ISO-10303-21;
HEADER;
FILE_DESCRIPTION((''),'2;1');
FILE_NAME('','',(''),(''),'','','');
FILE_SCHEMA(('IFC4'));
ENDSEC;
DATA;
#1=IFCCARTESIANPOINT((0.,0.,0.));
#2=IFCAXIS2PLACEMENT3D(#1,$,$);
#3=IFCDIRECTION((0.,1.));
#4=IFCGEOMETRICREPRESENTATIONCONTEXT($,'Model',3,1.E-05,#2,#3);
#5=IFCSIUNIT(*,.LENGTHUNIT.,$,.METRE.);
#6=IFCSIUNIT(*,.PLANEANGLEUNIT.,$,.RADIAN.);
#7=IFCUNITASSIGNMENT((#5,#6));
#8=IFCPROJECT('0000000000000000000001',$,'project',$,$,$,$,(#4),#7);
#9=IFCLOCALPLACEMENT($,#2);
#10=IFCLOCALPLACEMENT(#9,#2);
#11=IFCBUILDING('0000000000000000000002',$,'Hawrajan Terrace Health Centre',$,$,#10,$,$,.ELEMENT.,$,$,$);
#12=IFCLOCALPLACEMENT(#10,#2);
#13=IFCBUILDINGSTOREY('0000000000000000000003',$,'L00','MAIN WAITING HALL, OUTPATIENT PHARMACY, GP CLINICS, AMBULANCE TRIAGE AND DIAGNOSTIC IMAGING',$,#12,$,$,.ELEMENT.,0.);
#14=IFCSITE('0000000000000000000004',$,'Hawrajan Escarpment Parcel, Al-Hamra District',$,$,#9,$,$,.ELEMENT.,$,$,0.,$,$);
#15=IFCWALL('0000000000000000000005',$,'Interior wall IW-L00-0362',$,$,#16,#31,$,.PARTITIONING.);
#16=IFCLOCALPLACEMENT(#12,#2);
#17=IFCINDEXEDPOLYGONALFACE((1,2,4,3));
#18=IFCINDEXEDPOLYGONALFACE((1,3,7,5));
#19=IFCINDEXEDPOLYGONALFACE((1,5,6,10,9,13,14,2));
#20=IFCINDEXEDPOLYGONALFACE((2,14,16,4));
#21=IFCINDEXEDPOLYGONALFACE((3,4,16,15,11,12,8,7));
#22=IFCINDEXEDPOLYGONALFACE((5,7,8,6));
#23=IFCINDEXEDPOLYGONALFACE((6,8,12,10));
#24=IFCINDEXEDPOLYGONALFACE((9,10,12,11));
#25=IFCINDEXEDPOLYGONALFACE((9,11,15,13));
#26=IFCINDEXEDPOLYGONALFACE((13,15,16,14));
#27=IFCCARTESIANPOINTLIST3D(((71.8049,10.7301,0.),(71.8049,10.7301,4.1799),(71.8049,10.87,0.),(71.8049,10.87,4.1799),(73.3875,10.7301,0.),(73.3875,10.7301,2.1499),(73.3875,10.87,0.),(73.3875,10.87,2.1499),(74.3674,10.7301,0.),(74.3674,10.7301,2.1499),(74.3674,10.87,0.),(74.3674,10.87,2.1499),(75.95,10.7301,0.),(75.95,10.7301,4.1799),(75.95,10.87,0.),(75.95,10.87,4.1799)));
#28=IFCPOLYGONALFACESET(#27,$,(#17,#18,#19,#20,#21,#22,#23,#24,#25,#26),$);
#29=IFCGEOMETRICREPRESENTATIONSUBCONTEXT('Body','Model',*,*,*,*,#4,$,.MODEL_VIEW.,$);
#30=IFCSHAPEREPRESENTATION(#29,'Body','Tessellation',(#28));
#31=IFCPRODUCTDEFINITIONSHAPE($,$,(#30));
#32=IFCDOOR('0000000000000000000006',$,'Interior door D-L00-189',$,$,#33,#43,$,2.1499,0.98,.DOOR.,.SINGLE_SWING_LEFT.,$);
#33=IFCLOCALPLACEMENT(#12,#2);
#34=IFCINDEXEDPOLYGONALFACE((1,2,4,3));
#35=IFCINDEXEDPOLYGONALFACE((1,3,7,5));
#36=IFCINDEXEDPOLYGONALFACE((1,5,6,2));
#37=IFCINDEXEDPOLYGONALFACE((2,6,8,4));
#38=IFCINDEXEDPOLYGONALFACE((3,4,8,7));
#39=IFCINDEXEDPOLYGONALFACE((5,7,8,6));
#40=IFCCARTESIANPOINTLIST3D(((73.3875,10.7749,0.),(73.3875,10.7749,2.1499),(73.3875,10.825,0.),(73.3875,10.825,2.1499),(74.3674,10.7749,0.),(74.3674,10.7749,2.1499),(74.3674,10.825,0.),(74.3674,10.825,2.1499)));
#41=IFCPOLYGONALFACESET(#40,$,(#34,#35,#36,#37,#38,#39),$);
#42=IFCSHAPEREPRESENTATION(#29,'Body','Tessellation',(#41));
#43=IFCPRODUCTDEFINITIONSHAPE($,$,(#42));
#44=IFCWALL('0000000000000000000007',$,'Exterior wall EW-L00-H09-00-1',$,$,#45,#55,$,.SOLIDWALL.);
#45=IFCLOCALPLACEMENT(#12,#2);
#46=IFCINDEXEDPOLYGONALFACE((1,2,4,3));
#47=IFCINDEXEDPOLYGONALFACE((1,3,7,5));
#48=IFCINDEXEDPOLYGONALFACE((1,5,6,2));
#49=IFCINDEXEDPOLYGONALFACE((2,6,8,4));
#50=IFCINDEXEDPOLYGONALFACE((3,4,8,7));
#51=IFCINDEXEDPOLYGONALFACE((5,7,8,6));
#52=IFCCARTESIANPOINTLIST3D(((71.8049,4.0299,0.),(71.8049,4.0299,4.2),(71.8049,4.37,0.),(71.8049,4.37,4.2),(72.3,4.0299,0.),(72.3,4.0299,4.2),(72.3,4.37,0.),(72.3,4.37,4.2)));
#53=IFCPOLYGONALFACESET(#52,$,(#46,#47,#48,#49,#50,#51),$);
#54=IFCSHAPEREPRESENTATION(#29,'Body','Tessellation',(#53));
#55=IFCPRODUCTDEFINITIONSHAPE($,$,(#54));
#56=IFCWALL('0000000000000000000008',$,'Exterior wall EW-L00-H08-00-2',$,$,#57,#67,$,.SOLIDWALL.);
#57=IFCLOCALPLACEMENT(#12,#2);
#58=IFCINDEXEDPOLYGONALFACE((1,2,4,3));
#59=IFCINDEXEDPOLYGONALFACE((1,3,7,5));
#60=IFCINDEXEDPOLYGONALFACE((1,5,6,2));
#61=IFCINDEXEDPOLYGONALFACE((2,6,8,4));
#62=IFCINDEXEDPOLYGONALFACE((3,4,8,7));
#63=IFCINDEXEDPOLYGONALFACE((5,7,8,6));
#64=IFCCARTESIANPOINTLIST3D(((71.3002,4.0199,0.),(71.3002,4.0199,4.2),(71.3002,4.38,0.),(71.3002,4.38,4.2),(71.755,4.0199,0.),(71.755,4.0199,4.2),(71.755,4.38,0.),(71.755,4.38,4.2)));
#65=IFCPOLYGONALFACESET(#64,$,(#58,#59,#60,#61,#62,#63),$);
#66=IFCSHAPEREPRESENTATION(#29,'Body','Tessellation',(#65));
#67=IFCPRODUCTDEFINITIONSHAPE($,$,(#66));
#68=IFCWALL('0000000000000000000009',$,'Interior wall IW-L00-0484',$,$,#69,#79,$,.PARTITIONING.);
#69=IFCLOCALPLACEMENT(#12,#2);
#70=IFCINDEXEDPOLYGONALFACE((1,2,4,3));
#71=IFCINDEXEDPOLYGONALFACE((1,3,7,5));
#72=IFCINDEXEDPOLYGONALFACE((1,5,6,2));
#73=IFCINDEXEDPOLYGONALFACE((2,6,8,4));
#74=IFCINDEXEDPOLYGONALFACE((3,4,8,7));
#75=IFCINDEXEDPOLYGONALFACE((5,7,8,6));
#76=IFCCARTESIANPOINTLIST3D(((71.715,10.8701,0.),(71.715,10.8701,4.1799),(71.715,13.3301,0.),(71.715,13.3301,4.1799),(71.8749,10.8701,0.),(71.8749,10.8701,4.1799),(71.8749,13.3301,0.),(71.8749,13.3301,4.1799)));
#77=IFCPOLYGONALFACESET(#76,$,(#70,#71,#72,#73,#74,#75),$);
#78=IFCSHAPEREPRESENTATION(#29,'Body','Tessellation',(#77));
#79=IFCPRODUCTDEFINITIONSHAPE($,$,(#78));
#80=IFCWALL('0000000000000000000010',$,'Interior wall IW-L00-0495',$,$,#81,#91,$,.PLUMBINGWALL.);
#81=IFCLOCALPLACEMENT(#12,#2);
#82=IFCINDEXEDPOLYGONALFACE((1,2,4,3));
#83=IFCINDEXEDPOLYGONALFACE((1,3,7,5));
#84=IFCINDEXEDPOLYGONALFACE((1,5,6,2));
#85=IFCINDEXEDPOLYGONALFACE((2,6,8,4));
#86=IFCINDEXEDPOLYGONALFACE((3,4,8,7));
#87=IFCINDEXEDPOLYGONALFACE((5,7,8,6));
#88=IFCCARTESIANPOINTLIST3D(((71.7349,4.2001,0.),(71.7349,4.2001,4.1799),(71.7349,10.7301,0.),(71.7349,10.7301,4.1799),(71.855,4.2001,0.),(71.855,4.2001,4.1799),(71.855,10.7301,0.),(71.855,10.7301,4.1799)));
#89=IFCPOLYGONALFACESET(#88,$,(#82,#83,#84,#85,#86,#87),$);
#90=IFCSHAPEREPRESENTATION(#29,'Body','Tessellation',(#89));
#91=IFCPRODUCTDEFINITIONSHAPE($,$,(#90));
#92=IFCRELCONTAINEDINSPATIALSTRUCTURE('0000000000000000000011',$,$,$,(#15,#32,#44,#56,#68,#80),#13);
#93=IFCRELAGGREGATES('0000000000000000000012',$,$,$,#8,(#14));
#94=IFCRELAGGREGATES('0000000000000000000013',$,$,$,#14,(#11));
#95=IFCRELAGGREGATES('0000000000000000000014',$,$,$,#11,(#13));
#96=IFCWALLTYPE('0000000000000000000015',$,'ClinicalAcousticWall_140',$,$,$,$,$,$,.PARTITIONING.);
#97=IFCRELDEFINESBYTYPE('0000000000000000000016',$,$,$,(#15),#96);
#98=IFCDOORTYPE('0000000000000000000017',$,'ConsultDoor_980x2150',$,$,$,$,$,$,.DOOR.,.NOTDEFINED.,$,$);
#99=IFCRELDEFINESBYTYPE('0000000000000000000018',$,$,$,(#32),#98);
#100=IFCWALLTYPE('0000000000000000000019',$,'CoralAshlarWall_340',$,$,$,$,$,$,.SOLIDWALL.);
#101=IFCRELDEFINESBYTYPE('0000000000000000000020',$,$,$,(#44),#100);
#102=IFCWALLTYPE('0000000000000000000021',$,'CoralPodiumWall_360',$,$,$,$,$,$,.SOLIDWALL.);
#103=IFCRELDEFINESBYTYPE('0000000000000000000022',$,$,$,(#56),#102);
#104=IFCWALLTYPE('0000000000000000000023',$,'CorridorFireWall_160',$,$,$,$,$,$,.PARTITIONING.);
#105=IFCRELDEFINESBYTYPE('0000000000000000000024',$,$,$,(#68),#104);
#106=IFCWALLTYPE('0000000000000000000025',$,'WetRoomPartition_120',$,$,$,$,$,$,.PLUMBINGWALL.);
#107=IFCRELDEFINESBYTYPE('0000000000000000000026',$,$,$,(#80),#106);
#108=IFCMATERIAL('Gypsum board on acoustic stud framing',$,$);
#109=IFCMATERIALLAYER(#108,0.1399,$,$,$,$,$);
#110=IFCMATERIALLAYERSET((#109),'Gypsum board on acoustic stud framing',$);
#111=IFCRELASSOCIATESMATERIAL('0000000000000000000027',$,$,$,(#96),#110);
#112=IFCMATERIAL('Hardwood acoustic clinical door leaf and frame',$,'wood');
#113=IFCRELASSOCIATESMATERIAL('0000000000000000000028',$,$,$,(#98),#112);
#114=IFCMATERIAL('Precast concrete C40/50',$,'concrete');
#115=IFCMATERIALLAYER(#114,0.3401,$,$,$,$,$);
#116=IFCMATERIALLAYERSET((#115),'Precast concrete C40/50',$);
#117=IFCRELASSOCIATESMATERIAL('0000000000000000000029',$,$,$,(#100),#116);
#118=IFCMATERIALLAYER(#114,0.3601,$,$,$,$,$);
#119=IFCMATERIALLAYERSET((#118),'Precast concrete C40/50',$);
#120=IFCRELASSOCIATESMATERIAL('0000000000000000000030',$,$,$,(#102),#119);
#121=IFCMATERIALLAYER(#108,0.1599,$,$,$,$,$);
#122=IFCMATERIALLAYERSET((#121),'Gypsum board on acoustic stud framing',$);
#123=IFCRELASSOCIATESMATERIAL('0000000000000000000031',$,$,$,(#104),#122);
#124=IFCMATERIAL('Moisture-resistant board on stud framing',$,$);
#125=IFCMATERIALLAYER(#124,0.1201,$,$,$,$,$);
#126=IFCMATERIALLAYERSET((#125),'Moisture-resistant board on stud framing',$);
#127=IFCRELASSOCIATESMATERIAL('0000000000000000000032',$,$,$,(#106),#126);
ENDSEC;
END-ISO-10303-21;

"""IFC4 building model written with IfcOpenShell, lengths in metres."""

from ifc_helpers import new_model, si_unit, direction, frame, frame_2d, origin, place, context, subcontext, project, spatial, rectangle, extrude, material, layer, layer_set, type_object, element, fill, save


model = new_model("IFC4")

# Units and contexts
model_context = context("Model", 3, precision=1e-05, world=origin(), true_north=direction((0.0, 1.0)))
body_context = subcontext(model_context, "Body", "Model", "MODEL_VIEW")
ifc_project = project(units=[si_unit("LENGTHUNIT", "METRE"), si_unit("PLANEANGLEUNIT", "RADIAN")], contexts=[model_context])

# Site, building, storey
site_placement = place(None, origin())
site = spatial("IfcSite", under=ifc_project, at=site_placement, Name="Hawrajan Escarpment Parcel, Al-Hamra District", CompositionType="ELEMENT", RefElevation=0.0)
building_placement = place(site_placement, origin())
building = spatial("IfcBuilding", under=site, at=building_placement, Name="Hawrajan Terrace Health Centre", CompositionType="ELEMENT")
storey_placement = place(building_placement, origin())
storey = spatial("IfcBuildingStorey", under=building, at=storey_placement, Name="L00", Description="MAIN WAITING HALL, OUTPATIENT PHARMACY, GP CLINICS, AMBULANCE TRIAGE AND DIAGNOSTIC IMAGING", CompositionType="ELEMENT", Elevation=0.0)

# Wall, opening, door
ifc_material_1 = material(Name="Gypsum board on acoustic stud framing")
ifc_layer_1 = layer(ifc_material_1, 0.1399)
ifc_layer_set_1 = layer_set([ifc_layer_1], Name="Gypsum board on acoustic stud framing")
wall_type_1 = type_object("IfcWallType", Name="ClinicalAcousticWall_140", PredefinedType="PARTITIONING", material=ifc_layer_set_1)
wall_1_placement = place(storey_placement, frame((71.8049, 10.8, 0.0), z_axis=(0.0, 0.0, 1.0), x_axis=(1.0, 0.0, 0.0)))
wall_1 = element("IfcWall", 1, at=wall_1_placement, inside=storey, type_object=wall_type_1, Name="Interior wall IW-L00-0362", PredefinedType="PARTITIONING", context=body_context, shape_type="SweptSolid", body=[
    extrude(rectangle(XDim=4.145, YDim=0.1399, at=frame_2d((2.0725, 0.0))), origin(), (0.0, 0.0, 1.0), 4.1799),
])
opening_placement = place(wall_1_placement, frame((1.5825, 0.0, 0.0)))
opening = element("IfcOpeningElement", 2, at=opening_placement, cuts=wall_1, PredefinedType="OPENING", context=body_context, shape_type="SweptSolid", body=[
    extrude(rectangle(XDim=0.98, YDim=2.1499, at=frame_2d((0.49, 1.075))), frame((0.0, 0.0798, 0.0), z_axis=(0.0, -1.0, 0.0), x_axis=(1.0, 0.0, 0.0)), (0.0, 0.0, 1.0), 0.1599),
])
ifc_material_2 = material(Name="Hardwood acoustic clinical door leaf and frame", Category="wood")
door_type = type_object("IfcDoorType", Name="ConsultDoor_980x2150", OperationType="NOTDEFINED", PredefinedType="DOOR", material=ifc_material_2)
door_placement = place(opening_placement, origin())
door = element("IfcDoor", 3, at=door_placement, inside=storey, type_object=door_type, Name="Interior door D-L00-189", OperationType="SINGLE_SWING_LEFT", OverallHeight=2.1499, OverallWidth=0.98, PredefinedType="DOOR", context=body_context, shape_type="SweptSolid", body=[
    extrude(rectangle(XDim=0.98, YDim=2.1499, at=frame_2d((0.49, 1.075))), frame((0.0, 0.0249, 0.0), z_axis=(0.0, -1.0, 0.0), x_axis=(1.0, 0.0, 0.0)), (0.0, 0.0, 1.0), 0.05),
])
fill(opening, door)

# Walls
ifc_material_3 = material(Name="Precast concrete C40/50", Category="concrete")
ifc_layer_2 = layer(ifc_material_3, 0.3401)
ifc_layer_set_2 = layer_set([ifc_layer_2], Name="Precast concrete C40/50")
wall_type_2 = type_object("IfcWallType", Name="CoralAshlarWall_340", PredefinedType="SOLIDWALL", material=ifc_layer_set_2)
wall_2_placement = place(storey_placement, frame((71.8049, 4.2, 0.0), z_axis=(0.0, 0.0, 1.0), x_axis=(1.0, 0.0, 0.0)))
element("IfcWall", 4, at=wall_2_placement, inside=storey, type_object=wall_type_2, Name="Exterior wall EW-L00-H09-00-1", PredefinedType="SOLIDWALL", context=body_context, shape_type="SweptSolid", body=[
    extrude(rectangle(XDim=0.4951, YDim=0.3401, at=frame_2d((0.2476, 0.0))), origin(), (0.0, 0.0, 1.0), 4.2),
])
ifc_layer_3 = layer(ifc_material_3, 0.3601)
ifc_layer_set_3 = layer_set([ifc_layer_3], Name="Precast concrete C40/50")
wall_type_3 = type_object("IfcWallType", Name="CoralPodiumWall_360", PredefinedType="SOLIDWALL", material=ifc_layer_set_3)
wall_3_placement = place(storey_placement, frame((71.3, 4.2, 0.0), z_axis=(0.0, 0.0, 1.0), x_axis=(1.0, 0.0, 0.0)))
element("IfcWall", 5, at=wall_3_placement, inside=storey, type_object=wall_type_3, Name="Exterior wall EW-L00-H08-00-2", PredefinedType="SOLIDWALL", context=body_context, shape_type="SweptSolid", body=[
    extrude(rectangle(XDim=0.4548, YDim=0.3601, at=frame_2d((0.2275, 0.0))), origin(), (0.0, 0.0, 1.0), 4.2),
])
ifc_layer_4 = layer(ifc_material_1, 0.1599)
ifc_layer_set_4 = layer_set([ifc_layer_4], Name="Gypsum board on acoustic stud framing")
wall_type_4 = type_object("IfcWallType", Name="CorridorFireWall_160", PredefinedType="PARTITIONING", material=ifc_layer_set_4)
wall_4_placement = place(storey_placement, frame((71.7949, 10.8701, 0.0), z_axis=(0.0, 0.0, 1.0), x_axis=(0.0, 1.0, 0.0)))
element("IfcWall", 6, at=wall_4_placement, inside=storey, type_object=wall_type_4, Name="Interior wall IW-L00-0484", PredefinedType="PARTITIONING", context=body_context, shape_type="SweptSolid", body=[
    extrude(rectangle(XDim=2.46, YDim=0.1599, at=frame_2d((1.23, 0.0))), origin(), (0.0, 0.0, 1.0), 4.1799),
])
ifc_material_4 = material(Name="Moisture-resistant board on stud framing")
ifc_layer_5 = layer(ifc_material_4, 0.1201)
ifc_layer_set_5 = layer_set([ifc_layer_5], Name="Moisture-resistant board on stud framing")
wall_type_5 = type_object("IfcWallType", Name="WetRoomPartition_120", PredefinedType="PLUMBINGWALL", material=ifc_layer_set_5)
wall_5_placement = place(storey_placement, frame((71.7949, 4.2, 0.0), z_axis=(0.0, 0.0, 1.0), x_axis=(0.0, 1.0, 0.0)))
element("IfcWall", 7, at=wall_5_placement, inside=storey, type_object=wall_type_5, Name="Interior wall IW-L00-0495", PredefinedType="PLUMBINGWALL", context=body_context, shape_type="SweptSolid", body=[
    extrude(rectangle(XDim=6.53, YDim=0.1201, at=frame_2d((3.2651, 0.0))), origin(), (0.0, 0.0, 1.0), 4.1799),
])

save(model, "model.ifc")
